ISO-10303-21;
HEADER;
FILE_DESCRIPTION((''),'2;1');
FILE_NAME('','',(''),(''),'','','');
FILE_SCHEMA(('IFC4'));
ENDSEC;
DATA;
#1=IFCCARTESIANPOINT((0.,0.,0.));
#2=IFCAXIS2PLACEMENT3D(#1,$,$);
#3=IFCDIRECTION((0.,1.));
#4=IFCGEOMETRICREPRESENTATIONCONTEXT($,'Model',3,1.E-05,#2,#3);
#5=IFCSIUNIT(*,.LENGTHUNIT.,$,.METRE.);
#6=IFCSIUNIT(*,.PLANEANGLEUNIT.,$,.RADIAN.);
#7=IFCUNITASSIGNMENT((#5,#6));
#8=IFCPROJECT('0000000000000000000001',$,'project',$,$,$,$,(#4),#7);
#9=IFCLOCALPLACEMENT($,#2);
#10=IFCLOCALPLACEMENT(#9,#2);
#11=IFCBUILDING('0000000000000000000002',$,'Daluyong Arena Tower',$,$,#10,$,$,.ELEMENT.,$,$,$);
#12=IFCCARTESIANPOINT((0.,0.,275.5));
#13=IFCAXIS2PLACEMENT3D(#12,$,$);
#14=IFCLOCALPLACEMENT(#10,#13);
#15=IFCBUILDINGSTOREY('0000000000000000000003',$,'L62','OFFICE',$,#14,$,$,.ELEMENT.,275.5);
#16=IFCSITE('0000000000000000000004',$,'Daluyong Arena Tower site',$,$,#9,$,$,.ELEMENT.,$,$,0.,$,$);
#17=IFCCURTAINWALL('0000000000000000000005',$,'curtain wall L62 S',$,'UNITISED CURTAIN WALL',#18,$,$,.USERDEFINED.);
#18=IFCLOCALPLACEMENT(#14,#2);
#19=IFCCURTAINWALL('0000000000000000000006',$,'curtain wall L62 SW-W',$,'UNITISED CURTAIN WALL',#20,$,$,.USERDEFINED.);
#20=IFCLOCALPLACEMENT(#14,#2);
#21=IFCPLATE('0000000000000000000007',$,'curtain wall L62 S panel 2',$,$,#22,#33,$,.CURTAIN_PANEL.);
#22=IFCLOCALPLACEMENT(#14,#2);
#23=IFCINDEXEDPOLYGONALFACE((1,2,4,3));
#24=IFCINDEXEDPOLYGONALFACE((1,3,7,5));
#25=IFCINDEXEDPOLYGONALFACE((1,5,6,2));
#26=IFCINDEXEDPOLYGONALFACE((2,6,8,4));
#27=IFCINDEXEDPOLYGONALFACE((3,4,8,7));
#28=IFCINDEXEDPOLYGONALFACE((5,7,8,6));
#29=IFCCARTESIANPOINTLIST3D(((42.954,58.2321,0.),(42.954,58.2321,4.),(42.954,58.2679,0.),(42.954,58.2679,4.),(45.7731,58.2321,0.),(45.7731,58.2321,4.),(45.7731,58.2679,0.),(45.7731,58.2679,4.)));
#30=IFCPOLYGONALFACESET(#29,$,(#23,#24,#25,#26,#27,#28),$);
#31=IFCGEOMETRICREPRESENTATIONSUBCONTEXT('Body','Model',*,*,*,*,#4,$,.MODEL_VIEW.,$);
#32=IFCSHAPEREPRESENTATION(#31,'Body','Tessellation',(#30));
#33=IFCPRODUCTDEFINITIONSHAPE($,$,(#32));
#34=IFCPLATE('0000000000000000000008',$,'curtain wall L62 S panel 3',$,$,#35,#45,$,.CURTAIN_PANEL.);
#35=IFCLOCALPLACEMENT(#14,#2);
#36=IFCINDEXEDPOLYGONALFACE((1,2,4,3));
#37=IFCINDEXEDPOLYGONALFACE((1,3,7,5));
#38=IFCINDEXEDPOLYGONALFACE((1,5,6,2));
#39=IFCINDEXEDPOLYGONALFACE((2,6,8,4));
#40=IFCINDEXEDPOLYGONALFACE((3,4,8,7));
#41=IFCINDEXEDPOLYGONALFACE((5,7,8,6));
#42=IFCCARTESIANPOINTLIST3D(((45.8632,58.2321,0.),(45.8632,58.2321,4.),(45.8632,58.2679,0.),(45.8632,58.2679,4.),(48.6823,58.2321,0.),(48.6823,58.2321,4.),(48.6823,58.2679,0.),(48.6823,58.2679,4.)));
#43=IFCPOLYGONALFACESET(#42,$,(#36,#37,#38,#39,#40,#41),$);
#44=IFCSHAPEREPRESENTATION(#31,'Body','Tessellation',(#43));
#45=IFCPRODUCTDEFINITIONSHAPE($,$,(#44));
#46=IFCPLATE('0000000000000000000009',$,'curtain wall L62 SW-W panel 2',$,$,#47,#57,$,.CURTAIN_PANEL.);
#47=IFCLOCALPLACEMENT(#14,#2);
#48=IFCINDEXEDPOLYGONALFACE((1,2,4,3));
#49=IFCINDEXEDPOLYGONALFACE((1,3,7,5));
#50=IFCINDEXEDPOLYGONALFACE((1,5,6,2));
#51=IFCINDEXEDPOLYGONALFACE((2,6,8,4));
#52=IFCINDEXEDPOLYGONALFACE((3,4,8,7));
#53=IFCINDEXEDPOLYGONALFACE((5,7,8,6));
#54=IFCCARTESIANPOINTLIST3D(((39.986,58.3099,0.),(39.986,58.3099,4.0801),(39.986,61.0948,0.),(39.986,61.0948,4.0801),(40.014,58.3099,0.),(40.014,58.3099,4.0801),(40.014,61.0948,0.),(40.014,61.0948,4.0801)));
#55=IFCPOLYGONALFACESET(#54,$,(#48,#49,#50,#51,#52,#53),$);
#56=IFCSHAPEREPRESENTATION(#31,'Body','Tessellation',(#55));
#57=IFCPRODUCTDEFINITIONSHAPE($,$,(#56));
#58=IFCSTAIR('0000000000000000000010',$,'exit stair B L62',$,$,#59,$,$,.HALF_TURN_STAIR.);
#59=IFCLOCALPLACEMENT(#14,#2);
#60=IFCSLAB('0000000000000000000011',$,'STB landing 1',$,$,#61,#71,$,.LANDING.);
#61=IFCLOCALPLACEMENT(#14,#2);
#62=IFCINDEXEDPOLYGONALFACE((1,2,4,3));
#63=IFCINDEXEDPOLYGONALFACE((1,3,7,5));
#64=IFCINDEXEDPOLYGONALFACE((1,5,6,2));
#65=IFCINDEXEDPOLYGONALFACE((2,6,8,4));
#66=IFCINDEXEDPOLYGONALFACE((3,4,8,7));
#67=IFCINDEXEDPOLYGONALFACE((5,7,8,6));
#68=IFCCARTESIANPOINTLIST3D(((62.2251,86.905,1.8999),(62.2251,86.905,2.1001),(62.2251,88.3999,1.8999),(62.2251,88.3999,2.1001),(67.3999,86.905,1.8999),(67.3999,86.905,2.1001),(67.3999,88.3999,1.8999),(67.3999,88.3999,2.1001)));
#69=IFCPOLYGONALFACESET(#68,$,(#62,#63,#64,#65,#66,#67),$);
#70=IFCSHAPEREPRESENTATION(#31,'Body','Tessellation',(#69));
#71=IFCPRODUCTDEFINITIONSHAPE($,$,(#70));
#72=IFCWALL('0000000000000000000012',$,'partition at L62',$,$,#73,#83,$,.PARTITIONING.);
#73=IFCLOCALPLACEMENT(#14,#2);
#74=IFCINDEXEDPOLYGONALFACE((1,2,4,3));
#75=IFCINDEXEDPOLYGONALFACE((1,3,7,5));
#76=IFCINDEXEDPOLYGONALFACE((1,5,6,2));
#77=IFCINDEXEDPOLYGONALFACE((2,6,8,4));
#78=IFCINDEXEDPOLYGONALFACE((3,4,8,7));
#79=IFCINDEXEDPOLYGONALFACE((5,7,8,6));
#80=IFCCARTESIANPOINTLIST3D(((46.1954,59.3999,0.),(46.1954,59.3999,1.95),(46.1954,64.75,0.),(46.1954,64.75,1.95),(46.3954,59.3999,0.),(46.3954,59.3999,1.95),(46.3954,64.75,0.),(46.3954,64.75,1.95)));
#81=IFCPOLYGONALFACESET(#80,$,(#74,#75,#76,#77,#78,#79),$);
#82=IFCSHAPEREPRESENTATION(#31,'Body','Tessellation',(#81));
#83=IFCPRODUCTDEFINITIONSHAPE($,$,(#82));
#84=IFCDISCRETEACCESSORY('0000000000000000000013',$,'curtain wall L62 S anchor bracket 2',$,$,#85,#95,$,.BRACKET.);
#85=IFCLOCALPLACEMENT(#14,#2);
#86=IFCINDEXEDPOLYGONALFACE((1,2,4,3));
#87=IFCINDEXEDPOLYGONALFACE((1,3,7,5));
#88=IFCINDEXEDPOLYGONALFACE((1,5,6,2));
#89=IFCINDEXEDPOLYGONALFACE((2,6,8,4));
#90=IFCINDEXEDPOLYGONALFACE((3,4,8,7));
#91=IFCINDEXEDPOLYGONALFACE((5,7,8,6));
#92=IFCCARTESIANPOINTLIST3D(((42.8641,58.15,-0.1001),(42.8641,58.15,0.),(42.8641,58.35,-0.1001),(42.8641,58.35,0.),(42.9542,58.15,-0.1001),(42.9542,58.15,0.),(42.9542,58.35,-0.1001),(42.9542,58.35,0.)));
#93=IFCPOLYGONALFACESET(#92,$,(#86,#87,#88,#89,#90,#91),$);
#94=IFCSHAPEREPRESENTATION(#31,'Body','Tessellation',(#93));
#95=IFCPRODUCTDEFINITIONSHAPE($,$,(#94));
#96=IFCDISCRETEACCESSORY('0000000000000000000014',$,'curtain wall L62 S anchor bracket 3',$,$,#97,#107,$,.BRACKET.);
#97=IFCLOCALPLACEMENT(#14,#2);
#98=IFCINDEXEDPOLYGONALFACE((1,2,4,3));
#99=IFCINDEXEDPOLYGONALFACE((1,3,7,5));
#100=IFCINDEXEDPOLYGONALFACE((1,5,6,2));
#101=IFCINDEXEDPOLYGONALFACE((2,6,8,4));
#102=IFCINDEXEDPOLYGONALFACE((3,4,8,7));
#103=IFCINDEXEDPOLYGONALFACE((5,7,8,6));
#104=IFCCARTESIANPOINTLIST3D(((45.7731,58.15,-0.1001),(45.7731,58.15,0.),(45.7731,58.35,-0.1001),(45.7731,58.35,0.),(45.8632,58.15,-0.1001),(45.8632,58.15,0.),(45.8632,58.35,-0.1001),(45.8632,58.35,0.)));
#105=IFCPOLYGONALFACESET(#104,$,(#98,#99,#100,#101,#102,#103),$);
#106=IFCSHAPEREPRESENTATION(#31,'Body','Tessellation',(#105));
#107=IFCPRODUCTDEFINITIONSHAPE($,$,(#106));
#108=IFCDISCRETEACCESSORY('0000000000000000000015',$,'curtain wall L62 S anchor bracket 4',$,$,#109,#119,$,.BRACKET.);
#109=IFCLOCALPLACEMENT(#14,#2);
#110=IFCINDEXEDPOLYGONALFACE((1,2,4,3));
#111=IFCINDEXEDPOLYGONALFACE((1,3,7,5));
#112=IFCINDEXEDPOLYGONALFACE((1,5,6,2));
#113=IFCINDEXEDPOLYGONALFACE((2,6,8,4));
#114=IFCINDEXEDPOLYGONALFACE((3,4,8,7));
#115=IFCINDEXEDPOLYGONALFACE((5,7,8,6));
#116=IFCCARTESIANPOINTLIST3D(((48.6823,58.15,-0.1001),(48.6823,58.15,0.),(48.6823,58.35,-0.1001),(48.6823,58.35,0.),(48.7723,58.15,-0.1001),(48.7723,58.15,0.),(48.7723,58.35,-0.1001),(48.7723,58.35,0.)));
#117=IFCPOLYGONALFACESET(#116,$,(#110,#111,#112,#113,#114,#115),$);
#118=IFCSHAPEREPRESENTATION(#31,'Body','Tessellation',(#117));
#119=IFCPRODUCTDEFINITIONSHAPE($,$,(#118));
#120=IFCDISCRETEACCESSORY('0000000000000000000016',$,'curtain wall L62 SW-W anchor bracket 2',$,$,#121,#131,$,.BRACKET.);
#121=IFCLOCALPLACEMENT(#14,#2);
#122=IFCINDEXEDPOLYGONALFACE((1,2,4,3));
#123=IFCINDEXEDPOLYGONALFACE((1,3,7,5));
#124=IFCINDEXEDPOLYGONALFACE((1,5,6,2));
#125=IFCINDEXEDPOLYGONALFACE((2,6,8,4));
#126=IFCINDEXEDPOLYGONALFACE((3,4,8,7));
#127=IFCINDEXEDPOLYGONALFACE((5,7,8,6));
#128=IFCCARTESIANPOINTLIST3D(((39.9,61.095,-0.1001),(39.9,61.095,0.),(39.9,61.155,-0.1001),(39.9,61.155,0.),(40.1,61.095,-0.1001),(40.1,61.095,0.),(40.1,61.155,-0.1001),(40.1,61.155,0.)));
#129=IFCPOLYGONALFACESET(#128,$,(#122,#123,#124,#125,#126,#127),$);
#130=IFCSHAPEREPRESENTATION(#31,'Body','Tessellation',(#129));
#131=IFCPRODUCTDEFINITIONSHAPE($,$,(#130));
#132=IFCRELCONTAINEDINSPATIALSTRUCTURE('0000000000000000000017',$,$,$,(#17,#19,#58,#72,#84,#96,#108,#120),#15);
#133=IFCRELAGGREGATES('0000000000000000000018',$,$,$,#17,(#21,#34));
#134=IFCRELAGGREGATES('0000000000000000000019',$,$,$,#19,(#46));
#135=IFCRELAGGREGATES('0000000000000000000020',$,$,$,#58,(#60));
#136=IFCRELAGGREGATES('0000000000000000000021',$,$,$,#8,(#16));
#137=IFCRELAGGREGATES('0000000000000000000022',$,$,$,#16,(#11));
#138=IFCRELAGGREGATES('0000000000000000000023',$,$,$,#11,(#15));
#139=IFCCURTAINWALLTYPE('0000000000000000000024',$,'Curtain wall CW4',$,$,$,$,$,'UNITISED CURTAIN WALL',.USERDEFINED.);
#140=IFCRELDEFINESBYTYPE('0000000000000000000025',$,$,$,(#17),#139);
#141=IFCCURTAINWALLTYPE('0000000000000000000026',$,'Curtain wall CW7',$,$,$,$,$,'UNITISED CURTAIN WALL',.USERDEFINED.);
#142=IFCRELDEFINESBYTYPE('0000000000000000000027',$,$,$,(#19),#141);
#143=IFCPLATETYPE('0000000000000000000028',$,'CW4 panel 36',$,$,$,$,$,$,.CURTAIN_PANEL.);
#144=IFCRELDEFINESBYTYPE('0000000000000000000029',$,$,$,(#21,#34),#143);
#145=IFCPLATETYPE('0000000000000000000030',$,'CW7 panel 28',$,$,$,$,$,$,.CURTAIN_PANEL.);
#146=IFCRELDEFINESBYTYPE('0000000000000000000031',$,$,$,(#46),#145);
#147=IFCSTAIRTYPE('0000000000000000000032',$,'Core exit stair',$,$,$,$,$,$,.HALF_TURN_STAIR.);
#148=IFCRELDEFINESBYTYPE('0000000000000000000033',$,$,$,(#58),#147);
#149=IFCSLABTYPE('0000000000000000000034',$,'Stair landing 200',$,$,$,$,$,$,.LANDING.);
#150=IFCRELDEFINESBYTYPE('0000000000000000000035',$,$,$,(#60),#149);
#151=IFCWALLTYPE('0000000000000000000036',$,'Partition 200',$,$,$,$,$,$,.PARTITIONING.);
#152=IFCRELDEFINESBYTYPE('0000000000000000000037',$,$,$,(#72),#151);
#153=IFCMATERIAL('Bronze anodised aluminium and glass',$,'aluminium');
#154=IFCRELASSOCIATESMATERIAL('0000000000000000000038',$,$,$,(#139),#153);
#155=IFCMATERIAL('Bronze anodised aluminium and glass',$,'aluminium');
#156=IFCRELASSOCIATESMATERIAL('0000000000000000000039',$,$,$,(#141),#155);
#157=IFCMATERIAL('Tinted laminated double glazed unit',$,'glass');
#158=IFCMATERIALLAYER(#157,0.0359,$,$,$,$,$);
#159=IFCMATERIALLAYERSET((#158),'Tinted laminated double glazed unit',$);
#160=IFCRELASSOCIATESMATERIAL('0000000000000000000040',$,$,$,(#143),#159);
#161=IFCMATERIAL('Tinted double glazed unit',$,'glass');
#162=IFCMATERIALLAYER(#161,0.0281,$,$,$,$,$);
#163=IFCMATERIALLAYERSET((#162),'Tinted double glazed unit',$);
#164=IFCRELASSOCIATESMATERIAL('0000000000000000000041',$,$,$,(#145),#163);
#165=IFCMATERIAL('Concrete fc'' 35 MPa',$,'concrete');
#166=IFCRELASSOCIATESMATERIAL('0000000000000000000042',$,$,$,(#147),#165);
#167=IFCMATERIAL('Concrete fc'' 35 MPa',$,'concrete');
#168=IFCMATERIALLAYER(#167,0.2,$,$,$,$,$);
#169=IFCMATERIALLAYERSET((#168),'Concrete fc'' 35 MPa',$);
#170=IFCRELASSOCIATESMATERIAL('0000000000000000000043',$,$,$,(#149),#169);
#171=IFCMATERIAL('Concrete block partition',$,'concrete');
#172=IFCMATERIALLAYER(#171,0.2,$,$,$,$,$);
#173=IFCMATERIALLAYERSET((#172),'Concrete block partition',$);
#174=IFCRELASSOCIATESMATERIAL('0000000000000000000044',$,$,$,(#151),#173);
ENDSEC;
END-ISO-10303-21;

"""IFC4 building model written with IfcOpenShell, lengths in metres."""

from ifc_helpers import new_model, si_unit, direction, frame, frame_2d, origin, origin_2d, place, context, subcontext, project, spatial, polyline, rectangle, outline, extrude, material, layer, layer_set, type_object, element, aggregate, save


model = new_model("IFC4")

# Units and contexts
model_context = context("Model", 3, precision=1e-05, world=origin(), true_north=direction((0.0, 1.0)))
body_context = subcontext(model_context, "Body", "Model", "MODEL_VIEW")
ifc_project = project(units=[si_unit("LENGTHUNIT", "METRE"), si_unit("PLANEANGLEUNIT", "RADIAN")], contexts=[model_context])

# Site, building, storey
site_placement = place(None, origin())
site = spatial("IfcSite", under=ifc_project, at=site_placement, Name="Daluyong Arena Tower site", CompositionType="ELEMENT", RefElevation=0.0)
building_placement = place(site_placement, origin())
building = spatial("IfcBuilding", under=site, at=building_placement, Name="Daluyong Arena Tower", CompositionType="ELEMENT")
storey_placement = place(building_placement, frame((0.0, 0.0, 275.5)))
storey = spatial("IfcBuildingStorey", under=building, at=storey_placement, Name="L62", Description="OFFICE", CompositionType="ELEMENT", Elevation=275.5)

# Curtain walls
ifc_material_1 = material(Name="Bronze anodised aluminium and glass", Category="aluminium")
curtain_wall_type_1 = type_object("IfcCurtainWallType", Name="Curtain wall CW4", ElementType="UNITISED CURTAIN WALL", PredefinedType="USERDEFINED", material=ifc_material_1)
curtain_wall_1_placement = place(storey_placement, origin())
curtain_wall_1 = element("IfcCurtainWall", 1, at=curtain_wall_1_placement, inside=storey, type_object=curtain_wall_type_1, Name="curtain wall L62 S", ObjectType="UNITISED CURTAIN WALL", PredefinedType="USERDEFINED")
ifc_material_2 = material(Name="Bronze anodised aluminium and glass", Category="aluminium")
curtain_wall_type_2 = type_object("IfcCurtainWallType", Name="Curtain wall CW7", ElementType="UNITISED CURTAIN WALL", PredefinedType="USERDEFINED", material=ifc_material_2)
curtain_wall_2_placement = place(storey_placement, origin())
curtain_wall_2 = element("IfcCurtainWall", 2, at=curtain_wall_2_placement, inside=storey, type_object=curtain_wall_type_2, Name="curtain wall L62 SW-W", ObjectType="UNITISED CURTAIN WALL", PredefinedType="USERDEFINED")

# Plates
ifc_material_3 = material(Name="Tinted laminated double glazed unit", Category="glass")
ifc_layer_1 = layer(ifc_material_3, 0.0359)
ifc_layer_set_1 = layer_set([ifc_layer_1], Name="Tinted laminated double glazed unit")
plate_type_1 = type_object("IfcPlateType", Name="CW4 panel 36", PredefinedType="CURTAIN_PANEL", material=ifc_layer_set_1)
plate_1_placement = place(storey_placement, frame((44.3635, 58.25, 0.0), z_axis=(0.0, 0.0, 1.0), x_axis=(1.0, 0.0, 0.0)))
plate_1 = element("IfcPlate", 3, at=plate_1_placement, type_object=plate_type_1, Name="curtain wall L62 S panel 2", PredefinedType="CURTAIN_PANEL", context=body_context, shape_type="SweptSolid", body=[
    extrude(rectangle(XDim=2.8191, YDim=0.0359, at=origin_2d()), origin(), (0.0, 0.0, 1.0), 4.0),
])
plate_2_placement = place(storey_placement, frame((47.2727, 58.25, 0.0), z_axis=(0.0, 0.0, 1.0), x_axis=(1.0, 0.0, 0.0)))
plate_2 = element("IfcPlate", 4, at=plate_2_placement, type_object=plate_type_1, Name="curtain wall L62 S panel 3", PredefinedType="CURTAIN_PANEL", context=body_context, shape_type="SweptSolid", body=[
    extrude(rectangle(XDim=2.8191, YDim=0.0359, at=origin_2d()), origin(), (0.0, 0.0, 1.0), 4.0),
])
aggregate(curtain_wall_1, [plate_1, plate_2])
ifc_material_4 = material(Name="Tinted double glazed unit", Category="glass")
ifc_layer_2 = layer(ifc_material_4, 0.0281)
ifc_layer_set_2 = layer_set([ifc_layer_2], Name="Tinted double glazed unit")
plate_type_2 = type_object("IfcPlateType", Name="CW7 panel 28", PredefinedType="CURTAIN_PANEL", material=ifc_layer_set_2)
plate_3_placement = place(storey_placement, frame((40.0, 59.7024, 0.0), z_axis=(0.0, 0.0, 1.0), x_axis=(0.0, -1.0, 0.0)))
plate_3 = element("IfcPlate", 5, at=plate_3_placement, type_object=plate_type_2, Name="curtain wall L62 SW-W panel 2", PredefinedType="CURTAIN_PANEL", context=body_context, shape_type="SweptSolid", body=[
    extrude(rectangle(XDim=2.7849, YDim=0.0281, at=origin_2d()), origin(), (0.0, 0.0, 1.0), 4.0801),
])
aggregate(curtain_wall_2, [plate_3])

# Stair, slab
ifc_material_5 = material(Name="Concrete fc' 35 MPa", Category="concrete")
stair_type = type_object("IfcStairType", Name="Core exit stair", PredefinedType="HALF_TURN_STAIR", material=ifc_material_5)
stair_placement = place(storey_placement, origin())
stair = element("IfcStair", 6, at=stair_placement, inside=storey, type_object=stair_type, Name="exit stair B L62", PredefinedType="HALF_TURN_STAIR")
ifc_material_6 = material(Name="Concrete fc' 35 MPa", Category="concrete")
ifc_layer_3 = layer(ifc_material_6, 0.2)
ifc_layer_set_3 = layer_set([ifc_layer_3], Name="Concrete fc' 35 MPa")
slab_type = type_object("IfcSlabType", Name="Stair landing 200", PredefinedType="LANDING", material=ifc_layer_set_3)
slab_placement = place(storey_placement, frame((0.0, 0.0, 1.8999)))
slab = element("IfcSlab", 7, at=slab_placement, type_object=slab_type, Name="STB landing 1", PredefinedType="LANDING", context=body_context, shape_type="SweptSolid", body=[
    extrude(outline(polyline([(62.2251, 86.905), (67.3999, 86.905), (67.3999, 88.3999), (62.2251, 88.3999), (62.2251, 86.905)])), origin(), (0.0, 0.0, 1.0), 0.2002),
])
aggregate(stair, [slab])

# Wall
ifc_material_7 = material(Name="Concrete block partition", Category="concrete")
ifc_layer_4 = layer(ifc_material_7, 0.2)
ifc_layer_set_4 = layer_set([ifc_layer_4], Name="Concrete block partition")
wall_type = type_object("IfcWallType", Name="Partition 200", PredefinedType="PARTITIONING", material=ifc_layer_set_4)
wall_placement = place(storey_placement, frame((46.2954, 59.3999, 0.0), z_axis=(0.0, 0.0, 1.0), x_axis=(0.0, 1.0, 0.0)))
element("IfcWall", 8, at=wall_placement, inside=storey, type_object=wall_type, Name="partition at L62", PredefinedType="PARTITIONING", context=body_context, shape_type="SweptSolid", body=[
    extrude(rectangle(XDim=5.3501, YDim=0.2, at=frame_2d((2.675, 0.0))), origin(), (0.0, 0.0, 1.0), 1.95),
])

# Discrete accessories
for number, where, z_axis, x_axis, name in (
    (9, (42.9092, 58.25, -0.1001), (0.0, 0.0, 1.0), (1.0, 0.0, 0.0), "curtain wall L62 S anchor bracket 2"),
    (10, (45.8181, 58.25, -0.1001), (0.0, 0.0, 1.0), (1.0, 0.0, 0.0), "curtain wall L62 S anchor bracket 3"),
    (11, (48.7273, 58.25, -0.1001), (0.0, 0.0, 1.0), (1.0, 0.0, 0.0), "curtain wall L62 S anchor bracket 4"),
):
    element("IfcDiscreteAccessory", number, at=place(storey_placement, frame(where, z_axis=z_axis, x_axis=x_axis)), inside=storey, Name=name, PredefinedType="BRACKET", context=body_context, shape_type="SweptSolid", body=[
        extrude(rectangle(XDim=0.0901, YDim=0.2, at=origin_2d()), origin(), (0.0, 0.0, 1.0), 0.1001),
    ])
discrete_accessory_placement = place(storey_placement, frame((40.0, 61.125, -0.1001), z_axis=(0.0, 0.0, 1.0), x_axis=(0.0, -1.0, 0.0)))
element("IfcDiscreteAccessory", 12, at=discrete_accessory_placement, inside=storey, Name="curtain wall L62 SW-W anchor bracket 2", PredefinedType="BRACKET", context=body_context, shape_type="SweptSolid", body=[
    extrude(rectangle(XDim=0.0601, YDim=0.2, at=origin_2d()), origin(), (0.0, 0.0, 1.0), 0.1001),
])

save(model, "model.ifc")
